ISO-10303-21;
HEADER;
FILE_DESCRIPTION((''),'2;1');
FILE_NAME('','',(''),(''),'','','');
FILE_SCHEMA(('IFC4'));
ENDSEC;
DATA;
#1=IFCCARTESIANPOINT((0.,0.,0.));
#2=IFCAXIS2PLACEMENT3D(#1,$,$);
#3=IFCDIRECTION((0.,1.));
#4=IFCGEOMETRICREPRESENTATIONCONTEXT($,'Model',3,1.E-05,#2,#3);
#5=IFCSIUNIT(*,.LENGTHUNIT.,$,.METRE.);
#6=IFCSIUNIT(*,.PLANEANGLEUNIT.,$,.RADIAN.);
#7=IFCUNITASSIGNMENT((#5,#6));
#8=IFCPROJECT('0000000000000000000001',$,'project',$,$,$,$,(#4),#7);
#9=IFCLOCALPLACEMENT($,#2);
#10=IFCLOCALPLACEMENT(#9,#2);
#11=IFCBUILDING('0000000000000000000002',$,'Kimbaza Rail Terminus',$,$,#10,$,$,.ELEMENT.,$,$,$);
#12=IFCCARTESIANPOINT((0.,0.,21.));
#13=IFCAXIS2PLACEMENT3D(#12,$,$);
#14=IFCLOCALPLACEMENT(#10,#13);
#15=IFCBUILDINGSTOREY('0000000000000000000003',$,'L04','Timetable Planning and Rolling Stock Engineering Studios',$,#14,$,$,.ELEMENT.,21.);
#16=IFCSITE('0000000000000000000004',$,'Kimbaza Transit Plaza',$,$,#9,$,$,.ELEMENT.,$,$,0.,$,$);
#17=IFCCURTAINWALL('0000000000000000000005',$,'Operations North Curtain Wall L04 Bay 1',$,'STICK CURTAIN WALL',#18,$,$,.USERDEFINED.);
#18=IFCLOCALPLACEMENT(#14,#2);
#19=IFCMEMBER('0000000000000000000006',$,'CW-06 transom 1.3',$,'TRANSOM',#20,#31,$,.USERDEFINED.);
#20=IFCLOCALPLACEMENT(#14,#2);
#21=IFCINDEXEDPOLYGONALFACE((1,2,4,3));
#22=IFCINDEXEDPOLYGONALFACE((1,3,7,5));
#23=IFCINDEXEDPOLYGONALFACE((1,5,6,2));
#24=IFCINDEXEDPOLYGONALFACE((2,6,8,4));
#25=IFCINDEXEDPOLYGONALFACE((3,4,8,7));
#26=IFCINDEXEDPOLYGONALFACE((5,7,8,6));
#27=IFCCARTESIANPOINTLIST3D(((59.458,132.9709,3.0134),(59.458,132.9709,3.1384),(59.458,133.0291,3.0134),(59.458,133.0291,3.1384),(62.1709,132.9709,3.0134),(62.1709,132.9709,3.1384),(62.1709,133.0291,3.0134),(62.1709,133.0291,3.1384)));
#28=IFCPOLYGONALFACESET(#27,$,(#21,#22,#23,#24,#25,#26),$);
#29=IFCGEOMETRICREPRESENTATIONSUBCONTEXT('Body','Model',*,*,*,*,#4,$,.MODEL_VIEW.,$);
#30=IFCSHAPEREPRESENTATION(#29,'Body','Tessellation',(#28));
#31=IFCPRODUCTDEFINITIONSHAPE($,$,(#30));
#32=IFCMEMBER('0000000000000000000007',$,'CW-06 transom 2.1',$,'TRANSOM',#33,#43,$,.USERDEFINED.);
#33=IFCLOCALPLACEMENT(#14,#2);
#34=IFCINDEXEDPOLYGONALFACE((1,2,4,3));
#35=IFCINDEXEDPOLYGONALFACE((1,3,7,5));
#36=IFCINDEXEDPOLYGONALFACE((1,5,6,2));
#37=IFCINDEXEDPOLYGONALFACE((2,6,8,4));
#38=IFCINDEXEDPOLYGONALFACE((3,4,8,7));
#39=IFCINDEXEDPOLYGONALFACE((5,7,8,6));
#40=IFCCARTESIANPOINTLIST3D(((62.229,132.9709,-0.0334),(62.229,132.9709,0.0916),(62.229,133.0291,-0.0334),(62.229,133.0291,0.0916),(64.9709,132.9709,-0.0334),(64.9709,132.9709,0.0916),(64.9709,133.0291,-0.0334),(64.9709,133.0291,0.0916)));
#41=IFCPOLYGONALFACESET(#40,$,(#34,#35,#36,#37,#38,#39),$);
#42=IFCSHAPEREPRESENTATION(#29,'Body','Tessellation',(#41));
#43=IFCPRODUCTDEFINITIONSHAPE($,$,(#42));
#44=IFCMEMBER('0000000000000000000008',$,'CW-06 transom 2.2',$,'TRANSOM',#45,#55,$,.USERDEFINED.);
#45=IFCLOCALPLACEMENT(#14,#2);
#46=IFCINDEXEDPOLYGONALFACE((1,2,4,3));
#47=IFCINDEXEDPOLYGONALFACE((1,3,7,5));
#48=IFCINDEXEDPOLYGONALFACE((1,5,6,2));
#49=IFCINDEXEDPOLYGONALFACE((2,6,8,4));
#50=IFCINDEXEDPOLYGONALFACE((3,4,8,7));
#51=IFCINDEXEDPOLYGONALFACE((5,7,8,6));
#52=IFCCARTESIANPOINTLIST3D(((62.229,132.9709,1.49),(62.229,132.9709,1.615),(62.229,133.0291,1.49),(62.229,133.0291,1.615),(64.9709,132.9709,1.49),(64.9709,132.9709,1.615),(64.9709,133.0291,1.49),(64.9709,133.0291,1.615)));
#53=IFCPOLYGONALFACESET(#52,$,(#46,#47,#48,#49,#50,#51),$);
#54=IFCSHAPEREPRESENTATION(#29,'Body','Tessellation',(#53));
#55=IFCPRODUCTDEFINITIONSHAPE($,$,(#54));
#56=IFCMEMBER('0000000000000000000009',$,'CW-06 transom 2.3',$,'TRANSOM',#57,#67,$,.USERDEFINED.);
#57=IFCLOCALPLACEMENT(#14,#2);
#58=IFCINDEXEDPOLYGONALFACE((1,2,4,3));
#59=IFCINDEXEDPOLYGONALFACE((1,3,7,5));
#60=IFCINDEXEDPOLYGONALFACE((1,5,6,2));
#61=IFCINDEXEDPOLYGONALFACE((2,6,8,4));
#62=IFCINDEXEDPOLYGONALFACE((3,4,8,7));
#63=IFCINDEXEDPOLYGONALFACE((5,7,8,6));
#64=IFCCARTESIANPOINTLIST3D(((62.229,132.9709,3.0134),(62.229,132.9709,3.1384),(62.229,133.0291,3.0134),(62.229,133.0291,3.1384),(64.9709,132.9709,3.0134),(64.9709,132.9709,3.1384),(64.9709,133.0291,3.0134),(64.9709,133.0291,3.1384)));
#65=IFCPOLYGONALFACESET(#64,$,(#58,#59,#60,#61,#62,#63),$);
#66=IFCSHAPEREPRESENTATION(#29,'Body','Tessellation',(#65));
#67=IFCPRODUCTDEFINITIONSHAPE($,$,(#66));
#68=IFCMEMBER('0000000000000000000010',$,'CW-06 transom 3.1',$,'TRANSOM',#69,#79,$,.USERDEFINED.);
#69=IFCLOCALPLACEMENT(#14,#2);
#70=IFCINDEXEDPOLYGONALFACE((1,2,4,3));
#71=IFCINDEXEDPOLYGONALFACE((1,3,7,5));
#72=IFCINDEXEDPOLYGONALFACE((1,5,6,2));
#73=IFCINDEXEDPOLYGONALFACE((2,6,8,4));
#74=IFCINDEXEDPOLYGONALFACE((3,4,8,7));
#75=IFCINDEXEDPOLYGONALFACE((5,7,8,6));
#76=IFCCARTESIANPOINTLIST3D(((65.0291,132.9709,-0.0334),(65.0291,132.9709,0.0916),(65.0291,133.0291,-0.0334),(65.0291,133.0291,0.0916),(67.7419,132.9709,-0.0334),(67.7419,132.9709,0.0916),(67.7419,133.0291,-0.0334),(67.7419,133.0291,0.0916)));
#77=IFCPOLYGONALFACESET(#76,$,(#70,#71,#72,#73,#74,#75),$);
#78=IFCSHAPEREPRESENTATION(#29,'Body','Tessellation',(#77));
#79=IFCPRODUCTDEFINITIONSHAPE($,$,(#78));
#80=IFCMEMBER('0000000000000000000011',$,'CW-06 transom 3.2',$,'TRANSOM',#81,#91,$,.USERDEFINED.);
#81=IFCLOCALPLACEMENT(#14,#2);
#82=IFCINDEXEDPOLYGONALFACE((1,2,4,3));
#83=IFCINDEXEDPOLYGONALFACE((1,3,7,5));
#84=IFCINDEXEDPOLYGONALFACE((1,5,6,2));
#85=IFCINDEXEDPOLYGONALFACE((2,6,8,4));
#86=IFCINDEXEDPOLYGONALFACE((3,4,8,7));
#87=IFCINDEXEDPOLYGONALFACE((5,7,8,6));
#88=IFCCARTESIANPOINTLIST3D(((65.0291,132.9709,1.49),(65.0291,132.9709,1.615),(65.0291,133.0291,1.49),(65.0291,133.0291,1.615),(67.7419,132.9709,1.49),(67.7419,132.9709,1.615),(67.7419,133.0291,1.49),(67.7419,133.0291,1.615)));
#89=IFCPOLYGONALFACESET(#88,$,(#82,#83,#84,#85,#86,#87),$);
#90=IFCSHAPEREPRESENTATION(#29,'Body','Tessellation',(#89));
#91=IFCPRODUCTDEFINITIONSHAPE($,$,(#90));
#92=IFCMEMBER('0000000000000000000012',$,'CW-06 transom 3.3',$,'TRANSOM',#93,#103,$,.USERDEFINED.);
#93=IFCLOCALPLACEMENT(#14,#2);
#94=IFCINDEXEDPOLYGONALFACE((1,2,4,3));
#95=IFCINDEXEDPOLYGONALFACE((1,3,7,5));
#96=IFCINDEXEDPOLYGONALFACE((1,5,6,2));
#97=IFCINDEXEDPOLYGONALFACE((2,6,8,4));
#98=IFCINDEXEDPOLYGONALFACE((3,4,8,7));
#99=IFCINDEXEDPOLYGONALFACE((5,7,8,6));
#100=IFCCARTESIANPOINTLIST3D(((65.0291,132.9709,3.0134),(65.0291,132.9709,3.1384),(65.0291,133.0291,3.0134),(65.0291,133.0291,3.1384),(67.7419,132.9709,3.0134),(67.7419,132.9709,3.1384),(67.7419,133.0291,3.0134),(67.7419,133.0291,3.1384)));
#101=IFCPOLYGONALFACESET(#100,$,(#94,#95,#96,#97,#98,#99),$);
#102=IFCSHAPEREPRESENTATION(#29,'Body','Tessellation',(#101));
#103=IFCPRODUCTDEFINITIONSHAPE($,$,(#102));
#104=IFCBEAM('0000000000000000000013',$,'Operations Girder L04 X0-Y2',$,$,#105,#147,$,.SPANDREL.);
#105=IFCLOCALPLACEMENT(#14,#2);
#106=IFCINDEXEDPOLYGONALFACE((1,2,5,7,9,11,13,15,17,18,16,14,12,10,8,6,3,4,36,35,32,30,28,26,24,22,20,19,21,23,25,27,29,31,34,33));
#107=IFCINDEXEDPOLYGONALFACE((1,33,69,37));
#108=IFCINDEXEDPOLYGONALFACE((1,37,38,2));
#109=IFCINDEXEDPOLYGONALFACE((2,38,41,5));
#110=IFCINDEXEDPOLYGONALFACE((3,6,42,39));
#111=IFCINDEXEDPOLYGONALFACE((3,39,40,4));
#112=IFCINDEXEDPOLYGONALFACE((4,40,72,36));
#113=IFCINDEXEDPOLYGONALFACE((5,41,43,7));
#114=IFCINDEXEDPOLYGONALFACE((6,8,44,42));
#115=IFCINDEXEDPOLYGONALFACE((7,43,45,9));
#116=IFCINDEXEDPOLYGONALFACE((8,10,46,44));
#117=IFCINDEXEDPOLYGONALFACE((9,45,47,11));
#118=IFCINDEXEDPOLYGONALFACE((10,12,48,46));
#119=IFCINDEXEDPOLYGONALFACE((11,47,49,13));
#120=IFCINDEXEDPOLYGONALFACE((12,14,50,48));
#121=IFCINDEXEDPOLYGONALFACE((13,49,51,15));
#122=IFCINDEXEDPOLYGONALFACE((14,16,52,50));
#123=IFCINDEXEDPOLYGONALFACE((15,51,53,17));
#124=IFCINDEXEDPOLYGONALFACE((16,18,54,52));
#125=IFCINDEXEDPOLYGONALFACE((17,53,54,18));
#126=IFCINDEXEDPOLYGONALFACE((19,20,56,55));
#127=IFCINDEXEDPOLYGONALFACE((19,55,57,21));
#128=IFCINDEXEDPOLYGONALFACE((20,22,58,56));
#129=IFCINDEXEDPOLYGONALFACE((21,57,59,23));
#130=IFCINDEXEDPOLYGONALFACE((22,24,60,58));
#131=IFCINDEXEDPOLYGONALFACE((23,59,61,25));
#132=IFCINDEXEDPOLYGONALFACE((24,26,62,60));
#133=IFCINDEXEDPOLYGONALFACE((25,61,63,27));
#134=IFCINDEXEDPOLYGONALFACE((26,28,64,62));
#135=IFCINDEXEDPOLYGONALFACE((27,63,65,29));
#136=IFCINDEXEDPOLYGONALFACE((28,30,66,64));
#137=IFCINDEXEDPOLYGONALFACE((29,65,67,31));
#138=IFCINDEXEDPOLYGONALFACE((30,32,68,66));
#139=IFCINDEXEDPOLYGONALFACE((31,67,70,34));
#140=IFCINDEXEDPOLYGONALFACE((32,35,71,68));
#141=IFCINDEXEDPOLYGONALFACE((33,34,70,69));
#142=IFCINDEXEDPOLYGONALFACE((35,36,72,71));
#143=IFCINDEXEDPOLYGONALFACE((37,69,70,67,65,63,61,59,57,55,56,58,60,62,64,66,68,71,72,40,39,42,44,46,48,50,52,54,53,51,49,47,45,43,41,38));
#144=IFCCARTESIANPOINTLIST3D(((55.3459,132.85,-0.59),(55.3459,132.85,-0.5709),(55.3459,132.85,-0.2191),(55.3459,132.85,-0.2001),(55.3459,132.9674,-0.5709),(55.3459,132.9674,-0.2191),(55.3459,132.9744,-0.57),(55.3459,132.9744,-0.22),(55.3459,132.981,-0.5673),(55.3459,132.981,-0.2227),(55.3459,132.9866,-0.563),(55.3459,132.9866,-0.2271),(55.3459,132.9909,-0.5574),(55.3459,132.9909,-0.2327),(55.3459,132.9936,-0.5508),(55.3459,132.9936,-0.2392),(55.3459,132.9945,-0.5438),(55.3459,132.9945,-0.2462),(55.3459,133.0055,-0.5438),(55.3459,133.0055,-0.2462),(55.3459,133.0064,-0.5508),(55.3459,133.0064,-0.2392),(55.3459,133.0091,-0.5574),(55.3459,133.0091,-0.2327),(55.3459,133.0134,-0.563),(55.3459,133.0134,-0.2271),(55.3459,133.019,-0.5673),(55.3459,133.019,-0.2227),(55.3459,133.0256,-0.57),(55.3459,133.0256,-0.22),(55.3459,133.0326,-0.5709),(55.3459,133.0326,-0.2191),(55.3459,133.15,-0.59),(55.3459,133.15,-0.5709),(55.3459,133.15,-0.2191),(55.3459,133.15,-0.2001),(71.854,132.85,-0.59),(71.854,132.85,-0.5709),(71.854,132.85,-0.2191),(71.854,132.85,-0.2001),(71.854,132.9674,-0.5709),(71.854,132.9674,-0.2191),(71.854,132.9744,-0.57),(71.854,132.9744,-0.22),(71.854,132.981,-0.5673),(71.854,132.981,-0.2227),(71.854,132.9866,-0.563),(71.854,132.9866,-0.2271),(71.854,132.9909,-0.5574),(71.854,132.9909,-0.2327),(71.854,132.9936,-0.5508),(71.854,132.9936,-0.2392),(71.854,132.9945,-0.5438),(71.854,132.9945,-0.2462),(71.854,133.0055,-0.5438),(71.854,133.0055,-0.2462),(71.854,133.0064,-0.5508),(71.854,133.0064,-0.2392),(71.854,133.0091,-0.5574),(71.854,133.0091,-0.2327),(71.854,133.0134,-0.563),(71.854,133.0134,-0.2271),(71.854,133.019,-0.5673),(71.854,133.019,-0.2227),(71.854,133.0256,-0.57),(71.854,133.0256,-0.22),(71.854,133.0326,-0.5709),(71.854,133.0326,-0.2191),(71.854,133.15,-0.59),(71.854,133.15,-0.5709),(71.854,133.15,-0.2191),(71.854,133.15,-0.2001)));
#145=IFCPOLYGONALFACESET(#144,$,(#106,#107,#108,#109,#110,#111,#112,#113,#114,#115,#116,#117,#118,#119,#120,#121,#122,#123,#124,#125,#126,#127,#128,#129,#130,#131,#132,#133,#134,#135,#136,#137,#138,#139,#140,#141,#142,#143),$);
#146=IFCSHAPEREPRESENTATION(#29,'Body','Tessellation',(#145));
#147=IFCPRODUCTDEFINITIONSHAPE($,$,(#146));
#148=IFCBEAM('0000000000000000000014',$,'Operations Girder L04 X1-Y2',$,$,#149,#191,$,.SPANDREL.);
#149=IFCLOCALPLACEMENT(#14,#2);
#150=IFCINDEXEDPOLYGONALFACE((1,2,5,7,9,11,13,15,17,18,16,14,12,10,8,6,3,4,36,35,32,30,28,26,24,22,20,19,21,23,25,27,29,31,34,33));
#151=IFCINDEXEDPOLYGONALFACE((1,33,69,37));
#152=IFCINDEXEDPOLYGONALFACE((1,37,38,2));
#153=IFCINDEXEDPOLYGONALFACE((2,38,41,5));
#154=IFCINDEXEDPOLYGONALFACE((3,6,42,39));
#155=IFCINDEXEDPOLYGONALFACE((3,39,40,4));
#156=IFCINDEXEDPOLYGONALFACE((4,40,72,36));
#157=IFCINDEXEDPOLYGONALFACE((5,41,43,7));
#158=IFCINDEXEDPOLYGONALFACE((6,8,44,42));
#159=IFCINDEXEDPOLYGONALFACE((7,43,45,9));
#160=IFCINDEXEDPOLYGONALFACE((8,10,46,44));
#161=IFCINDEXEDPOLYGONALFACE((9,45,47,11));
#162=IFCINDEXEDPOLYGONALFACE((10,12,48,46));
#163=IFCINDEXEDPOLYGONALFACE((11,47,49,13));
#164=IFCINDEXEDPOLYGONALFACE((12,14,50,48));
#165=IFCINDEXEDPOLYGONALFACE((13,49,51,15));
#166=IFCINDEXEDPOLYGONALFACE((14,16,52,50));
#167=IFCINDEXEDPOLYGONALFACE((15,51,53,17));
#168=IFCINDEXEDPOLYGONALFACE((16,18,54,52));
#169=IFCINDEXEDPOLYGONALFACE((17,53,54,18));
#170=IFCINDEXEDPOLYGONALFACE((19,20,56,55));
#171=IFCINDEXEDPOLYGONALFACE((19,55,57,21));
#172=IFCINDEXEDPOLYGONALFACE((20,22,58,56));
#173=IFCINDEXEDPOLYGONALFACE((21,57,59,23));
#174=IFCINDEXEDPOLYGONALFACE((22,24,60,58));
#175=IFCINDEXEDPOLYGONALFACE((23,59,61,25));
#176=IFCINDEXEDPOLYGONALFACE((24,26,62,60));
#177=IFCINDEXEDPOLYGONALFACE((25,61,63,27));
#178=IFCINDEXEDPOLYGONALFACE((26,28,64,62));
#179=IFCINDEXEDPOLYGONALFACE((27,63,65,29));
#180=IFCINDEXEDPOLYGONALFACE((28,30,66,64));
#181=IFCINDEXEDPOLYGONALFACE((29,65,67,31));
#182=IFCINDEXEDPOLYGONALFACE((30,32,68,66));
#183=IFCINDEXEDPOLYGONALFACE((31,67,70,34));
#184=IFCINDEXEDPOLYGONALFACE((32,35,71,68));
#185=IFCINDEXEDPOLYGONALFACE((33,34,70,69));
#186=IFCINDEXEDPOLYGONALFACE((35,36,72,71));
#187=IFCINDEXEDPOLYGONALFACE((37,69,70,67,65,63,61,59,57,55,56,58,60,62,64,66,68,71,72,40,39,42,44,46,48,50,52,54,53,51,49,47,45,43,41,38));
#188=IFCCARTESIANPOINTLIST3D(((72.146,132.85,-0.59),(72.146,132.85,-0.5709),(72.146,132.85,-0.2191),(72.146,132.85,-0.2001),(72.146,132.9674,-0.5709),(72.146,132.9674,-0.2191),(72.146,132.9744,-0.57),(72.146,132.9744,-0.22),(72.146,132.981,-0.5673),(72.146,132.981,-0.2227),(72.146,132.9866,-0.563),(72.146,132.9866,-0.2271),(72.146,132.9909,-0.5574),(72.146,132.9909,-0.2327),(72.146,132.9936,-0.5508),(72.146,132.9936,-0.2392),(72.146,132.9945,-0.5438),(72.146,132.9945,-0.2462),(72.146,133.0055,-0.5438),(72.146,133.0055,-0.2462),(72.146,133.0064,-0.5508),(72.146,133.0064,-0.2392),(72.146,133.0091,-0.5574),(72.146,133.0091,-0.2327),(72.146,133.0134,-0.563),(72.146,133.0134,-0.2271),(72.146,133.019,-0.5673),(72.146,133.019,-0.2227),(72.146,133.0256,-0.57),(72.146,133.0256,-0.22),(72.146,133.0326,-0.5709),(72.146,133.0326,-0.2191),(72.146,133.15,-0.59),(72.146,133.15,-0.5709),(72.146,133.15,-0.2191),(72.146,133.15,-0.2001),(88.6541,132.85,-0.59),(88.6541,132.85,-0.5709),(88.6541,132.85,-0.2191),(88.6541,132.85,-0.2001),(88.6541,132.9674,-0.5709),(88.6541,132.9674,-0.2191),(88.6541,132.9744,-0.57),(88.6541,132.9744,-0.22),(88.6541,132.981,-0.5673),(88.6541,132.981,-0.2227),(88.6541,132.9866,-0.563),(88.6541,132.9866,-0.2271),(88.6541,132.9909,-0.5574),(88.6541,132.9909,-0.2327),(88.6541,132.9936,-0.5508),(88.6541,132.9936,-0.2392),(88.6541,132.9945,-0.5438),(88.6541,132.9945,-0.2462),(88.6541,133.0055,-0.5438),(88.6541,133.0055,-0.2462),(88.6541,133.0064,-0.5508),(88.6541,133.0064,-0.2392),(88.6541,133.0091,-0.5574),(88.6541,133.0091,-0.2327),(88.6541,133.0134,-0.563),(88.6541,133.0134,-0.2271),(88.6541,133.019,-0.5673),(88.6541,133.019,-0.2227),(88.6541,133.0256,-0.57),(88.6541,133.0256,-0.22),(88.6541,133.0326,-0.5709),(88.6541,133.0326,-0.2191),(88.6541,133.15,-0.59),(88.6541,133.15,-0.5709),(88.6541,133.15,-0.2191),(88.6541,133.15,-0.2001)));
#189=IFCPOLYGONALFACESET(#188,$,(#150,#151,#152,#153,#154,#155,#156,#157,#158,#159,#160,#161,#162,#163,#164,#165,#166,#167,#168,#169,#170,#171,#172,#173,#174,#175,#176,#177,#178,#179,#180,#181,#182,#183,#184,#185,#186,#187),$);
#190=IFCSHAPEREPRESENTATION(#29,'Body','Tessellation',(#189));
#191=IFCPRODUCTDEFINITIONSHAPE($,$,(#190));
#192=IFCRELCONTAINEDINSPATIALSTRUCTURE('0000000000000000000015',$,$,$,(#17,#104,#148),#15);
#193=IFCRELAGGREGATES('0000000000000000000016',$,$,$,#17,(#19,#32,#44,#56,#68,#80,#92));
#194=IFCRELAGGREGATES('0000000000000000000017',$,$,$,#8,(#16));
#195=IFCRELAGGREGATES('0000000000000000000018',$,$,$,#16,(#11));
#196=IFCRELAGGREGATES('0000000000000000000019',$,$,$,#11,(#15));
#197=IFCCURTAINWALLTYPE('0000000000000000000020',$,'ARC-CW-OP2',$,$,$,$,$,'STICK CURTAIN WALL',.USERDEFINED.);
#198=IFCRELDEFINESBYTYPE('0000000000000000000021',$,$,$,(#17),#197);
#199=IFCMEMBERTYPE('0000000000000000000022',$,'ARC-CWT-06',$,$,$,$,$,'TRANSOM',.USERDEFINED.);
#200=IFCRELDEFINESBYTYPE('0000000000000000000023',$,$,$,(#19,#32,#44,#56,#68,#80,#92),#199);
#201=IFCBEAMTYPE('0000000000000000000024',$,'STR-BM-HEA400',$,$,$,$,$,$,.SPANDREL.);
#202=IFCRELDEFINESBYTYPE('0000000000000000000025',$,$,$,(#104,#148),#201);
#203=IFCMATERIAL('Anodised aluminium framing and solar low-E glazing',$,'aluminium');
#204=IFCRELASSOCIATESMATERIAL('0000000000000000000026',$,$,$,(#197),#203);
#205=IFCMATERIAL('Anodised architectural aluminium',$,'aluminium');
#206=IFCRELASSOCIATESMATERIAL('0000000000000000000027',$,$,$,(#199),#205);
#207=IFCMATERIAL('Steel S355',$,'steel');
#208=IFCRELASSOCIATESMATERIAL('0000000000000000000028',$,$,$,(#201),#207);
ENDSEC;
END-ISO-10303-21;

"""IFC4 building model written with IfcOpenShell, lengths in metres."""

from ifc_helpers import new_model, si_unit, direction, frame, origin, origin_2d, place, context, subcontext, project, spatial, rectangle, i_section, extrude, material, material_profile, profile_set, type_object, element, aggregate, save


model = new_model("IFC4")

# Units and contexts
model_context = context("Model", 3, precision=1e-05, world=origin(), true_north=direction((0.0, 1.0)))
body_context = subcontext(model_context, "Body", "Model", "MODEL_VIEW")
ifc_project = project(units=[si_unit("LENGTHUNIT", "METRE"), si_unit("PLANEANGLEUNIT", "RADIAN")], contexts=[model_context])

# Site, building, storey
site_placement = place(None, origin())
site = spatial("IfcSite", under=ifc_project, at=site_placement, Name="Kimbaza Transit Plaza", CompositionType="ELEMENT", RefElevation=0.0)
building_placement = place(site_placement, origin())
building = spatial("IfcBuilding", under=site, at=building_placement, Name="Kimbaza Rail Terminus", CompositionType="ELEMENT")
storey_placement = place(building_placement, frame((0.0, 0.0, 21.0)))
storey = spatial("IfcBuildingStorey", under=building, at=storey_placement, Name="L04", Description="Timetable Planning and Rolling Stock Engineering Studios", CompositionType="ELEMENT", Elevation=21.0)

# Curtain wall
ifc_material_1 = material(Name="Anodised aluminium framing and solar low-E glazing", Category="aluminium")
curtain_wall_type = type_object("IfcCurtainWallType", Name="ARC-CW-OP2", ElementType="STICK CURTAIN WALL", PredefinedType="USERDEFINED", material=ifc_material_1)
curtain_wall_1_placement = place(storey_placement, origin())
curtain_wall_1 = element("IfcCurtainWall", 1, at=curtain_wall_1_placement, inside=storey, type_object=curtain_wall_type, Name="Operations North Curtain Wall L04 Bay 1", ObjectType="STICK CURTAIN WALL", PredefinedType="USERDEFINED")

# Members
ifc_material_2 = material(Name="Anodised architectural aluminium", Category="aluminium")
ifc_material_profile_1 = material_profile(ifc_material_2, rectangle(XDim=0.0581, YDim=0.125, at=origin_2d()), Name="TRANSOM 58x125")
ifc_profile_set_1 = profile_set([ifc_material_profile_1], Name="Anodised architectural aluminium")
member_type_1 = type_object("IfcMemberType", Name="ARC-CWT-06", ElementType="TRANSOM", PredefinedType="USERDEFINED", material=ifc_profile_set_1)
member_1_placement = place(storey_placement, frame((59.458, 133.0, 3.0759), z_axis=(1.0, 0.0, 0.0), x_axis=(0.0, 1.0, 0.0)))
member_1 = element("IfcMember", 2, at=member_1_placement, type_object=member_type_1, Name="CW-06 transom 1.3", ObjectType="TRANSOM", PredefinedType="USERDEFINED", context=body_context, shape_type="SweptSolid", body=[
    extrude(rectangle(XDim=0.0581, YDim=0.125, at=origin_2d()), origin(), (0.0, 0.0, 1.0), 2.7129),
])
member_2_placement = place(storey_placement, frame((62.229, 133.0, 0.0291), z_axis=(1.0, 0.0, 0.0), x_axis=(0.0, 1.0, 0.0)))
member_2 = element("IfcMember", 3, at=member_2_placement, type_object=member_type_1, Name="CW-06 transom 2.1", ObjectType="TRANSOM", PredefinedType="USERDEFINED", context=body_context, shape_type="SweptSolid", body=[
    extrude(rectangle(XDim=0.0581, YDim=0.125, at=origin_2d()), origin(), (0.0, 0.0, 1.0), 2.7419),
])
member_3_placement = place(storey_placement, frame((62.229, 133.0, 1.5525), z_axis=(1.0, 0.0, 0.0), x_axis=(0.0, 1.0, 0.0)))
member_3 = element("IfcMember", 4, at=member_3_placement, type_object=member_type_1, Name="CW-06 transom 2.2", ObjectType="TRANSOM", PredefinedType="USERDEFINED", context=body_context, shape_type="SweptSolid", body=[
    extrude(rectangle(XDim=0.0581, YDim=0.125, at=origin_2d()), origin(), (0.0, 0.0, 1.0), 2.7419),
])
member_4_placement = place(storey_placement, frame((62.229, 133.0, 3.0759), z_axis=(1.0, 0.0, 0.0), x_axis=(0.0, 1.0, 0.0)))
member_4 = element("IfcMember", 5, at=member_4_placement, type_object=member_type_1, Name="CW-06 transom 2.3", ObjectType="TRANSOM", PredefinedType="USERDEFINED", context=body_context, shape_type="SweptSolid", body=[
    extrude(rectangle(XDim=0.0581, YDim=0.125, at=origin_2d()), origin(), (0.0, 0.0, 1.0), 2.7419),
])
member_5_placement = place(storey_placement, frame((65.0291, 133.0, 0.0291), z_axis=(1.0, 0.0, 0.0), x_axis=(0.0, 1.0, 0.0)))
member_5 = element("IfcMember", 6, at=member_5_placement, type_object=member_type_1, Name="CW-06 transom 3.1", ObjectType="TRANSOM", PredefinedType="USERDEFINED", context=body_context, shape_type="SweptSolid", body=[
    extrude(rectangle(XDim=0.0581, YDim=0.125, at=origin_2d()), origin(), (0.0, 0.0, 1.0), 2.7129),
])
member_6_placement = place(storey_placement, frame((65.0291, 133.0, 1.5525), z_axis=(1.0, 0.0, 0.0), x_axis=(0.0, 1.0, 0.0)))
member_6 = element("IfcMember", 7, at=member_6_placement, type_object=member_type_1, Name="CW-06 transom 3.2", ObjectType="TRANSOM", PredefinedType="USERDEFINED", context=body_context, shape_type="SweptSolid", body=[
    extrude(rectangle(XDim=0.0581, YDim=0.125, at=origin_2d()), origin(), (0.0, 0.0, 1.0), 2.7129),
])
member_7_placement = place(storey_placement, frame((65.0291, 133.0, 3.0759), z_axis=(1.0, 0.0, 0.0), x_axis=(0.0, 1.0, 0.0)))
member_7 = element("IfcMember", 8, at=member_7_placement, type_object=member_type_1, Name="CW-06 transom 3.3", ObjectType="TRANSOM", PredefinedType="USERDEFINED", context=body_context, shape_type="SweptSolid", body=[
    extrude(rectangle(XDim=0.0581, YDim=0.125, at=origin_2d()), origin(), (0.0, 0.0, 1.0), 2.7129),
])

# Beams
ifc_material_3 = material(Name="Steel S355", Category="steel")
ifc_material_profile_2 = material_profile(ifc_material_3, i_section(OverallWidth=0.3, OverallDepth=0.3899, WebThickness=0.011, FlangeThickness=0.019, FilletRadius=0.0271, at=origin_2d()), Name="HEA 400")
ifc_profile_set_2 = profile_set([ifc_material_profile_2], Name="Steel S355")
beam_type = type_object("IfcBeamType", Name="STR-BM-HEA400", PredefinedType="SPANDREL", material=ifc_profile_set_2)
for number, where, z_axis, x_axis, name in (
    (9, (55.3459, 133.0, -0.395), (1.0, 0.0, 0.0), (0.0, 1.0, 0.0), "Operations Girder L04 X0-Y2"),
    (10, (72.146, 133.0, -0.395), (1.0, 0.0, 0.0), (0.0, 1.0, 0.0), "Operations Girder L04 X1-Y2"),
):
    element("IfcBeam", number, at=place(storey_placement, frame(where, z_axis=z_axis, x_axis=x_axis)), inside=storey, type_object=beam_type, Name=name, PredefinedType="SPANDREL", context=body_context, shape_type="SweptSolid", body=[
        extrude(i_section(OverallWidth=0.3, OverallDepth=0.3899, WebThickness=0.011, FlangeThickness=0.019, FilletRadius=0.0271, at=origin_2d()), origin(), (0.0, 0.0, 1.0), 16.5081),
    ])

aggregate(curtain_wall_1, [member_1, member_2, member_3, member_4, member_5, member_6, member_7])

save(model, "model.ifc")
